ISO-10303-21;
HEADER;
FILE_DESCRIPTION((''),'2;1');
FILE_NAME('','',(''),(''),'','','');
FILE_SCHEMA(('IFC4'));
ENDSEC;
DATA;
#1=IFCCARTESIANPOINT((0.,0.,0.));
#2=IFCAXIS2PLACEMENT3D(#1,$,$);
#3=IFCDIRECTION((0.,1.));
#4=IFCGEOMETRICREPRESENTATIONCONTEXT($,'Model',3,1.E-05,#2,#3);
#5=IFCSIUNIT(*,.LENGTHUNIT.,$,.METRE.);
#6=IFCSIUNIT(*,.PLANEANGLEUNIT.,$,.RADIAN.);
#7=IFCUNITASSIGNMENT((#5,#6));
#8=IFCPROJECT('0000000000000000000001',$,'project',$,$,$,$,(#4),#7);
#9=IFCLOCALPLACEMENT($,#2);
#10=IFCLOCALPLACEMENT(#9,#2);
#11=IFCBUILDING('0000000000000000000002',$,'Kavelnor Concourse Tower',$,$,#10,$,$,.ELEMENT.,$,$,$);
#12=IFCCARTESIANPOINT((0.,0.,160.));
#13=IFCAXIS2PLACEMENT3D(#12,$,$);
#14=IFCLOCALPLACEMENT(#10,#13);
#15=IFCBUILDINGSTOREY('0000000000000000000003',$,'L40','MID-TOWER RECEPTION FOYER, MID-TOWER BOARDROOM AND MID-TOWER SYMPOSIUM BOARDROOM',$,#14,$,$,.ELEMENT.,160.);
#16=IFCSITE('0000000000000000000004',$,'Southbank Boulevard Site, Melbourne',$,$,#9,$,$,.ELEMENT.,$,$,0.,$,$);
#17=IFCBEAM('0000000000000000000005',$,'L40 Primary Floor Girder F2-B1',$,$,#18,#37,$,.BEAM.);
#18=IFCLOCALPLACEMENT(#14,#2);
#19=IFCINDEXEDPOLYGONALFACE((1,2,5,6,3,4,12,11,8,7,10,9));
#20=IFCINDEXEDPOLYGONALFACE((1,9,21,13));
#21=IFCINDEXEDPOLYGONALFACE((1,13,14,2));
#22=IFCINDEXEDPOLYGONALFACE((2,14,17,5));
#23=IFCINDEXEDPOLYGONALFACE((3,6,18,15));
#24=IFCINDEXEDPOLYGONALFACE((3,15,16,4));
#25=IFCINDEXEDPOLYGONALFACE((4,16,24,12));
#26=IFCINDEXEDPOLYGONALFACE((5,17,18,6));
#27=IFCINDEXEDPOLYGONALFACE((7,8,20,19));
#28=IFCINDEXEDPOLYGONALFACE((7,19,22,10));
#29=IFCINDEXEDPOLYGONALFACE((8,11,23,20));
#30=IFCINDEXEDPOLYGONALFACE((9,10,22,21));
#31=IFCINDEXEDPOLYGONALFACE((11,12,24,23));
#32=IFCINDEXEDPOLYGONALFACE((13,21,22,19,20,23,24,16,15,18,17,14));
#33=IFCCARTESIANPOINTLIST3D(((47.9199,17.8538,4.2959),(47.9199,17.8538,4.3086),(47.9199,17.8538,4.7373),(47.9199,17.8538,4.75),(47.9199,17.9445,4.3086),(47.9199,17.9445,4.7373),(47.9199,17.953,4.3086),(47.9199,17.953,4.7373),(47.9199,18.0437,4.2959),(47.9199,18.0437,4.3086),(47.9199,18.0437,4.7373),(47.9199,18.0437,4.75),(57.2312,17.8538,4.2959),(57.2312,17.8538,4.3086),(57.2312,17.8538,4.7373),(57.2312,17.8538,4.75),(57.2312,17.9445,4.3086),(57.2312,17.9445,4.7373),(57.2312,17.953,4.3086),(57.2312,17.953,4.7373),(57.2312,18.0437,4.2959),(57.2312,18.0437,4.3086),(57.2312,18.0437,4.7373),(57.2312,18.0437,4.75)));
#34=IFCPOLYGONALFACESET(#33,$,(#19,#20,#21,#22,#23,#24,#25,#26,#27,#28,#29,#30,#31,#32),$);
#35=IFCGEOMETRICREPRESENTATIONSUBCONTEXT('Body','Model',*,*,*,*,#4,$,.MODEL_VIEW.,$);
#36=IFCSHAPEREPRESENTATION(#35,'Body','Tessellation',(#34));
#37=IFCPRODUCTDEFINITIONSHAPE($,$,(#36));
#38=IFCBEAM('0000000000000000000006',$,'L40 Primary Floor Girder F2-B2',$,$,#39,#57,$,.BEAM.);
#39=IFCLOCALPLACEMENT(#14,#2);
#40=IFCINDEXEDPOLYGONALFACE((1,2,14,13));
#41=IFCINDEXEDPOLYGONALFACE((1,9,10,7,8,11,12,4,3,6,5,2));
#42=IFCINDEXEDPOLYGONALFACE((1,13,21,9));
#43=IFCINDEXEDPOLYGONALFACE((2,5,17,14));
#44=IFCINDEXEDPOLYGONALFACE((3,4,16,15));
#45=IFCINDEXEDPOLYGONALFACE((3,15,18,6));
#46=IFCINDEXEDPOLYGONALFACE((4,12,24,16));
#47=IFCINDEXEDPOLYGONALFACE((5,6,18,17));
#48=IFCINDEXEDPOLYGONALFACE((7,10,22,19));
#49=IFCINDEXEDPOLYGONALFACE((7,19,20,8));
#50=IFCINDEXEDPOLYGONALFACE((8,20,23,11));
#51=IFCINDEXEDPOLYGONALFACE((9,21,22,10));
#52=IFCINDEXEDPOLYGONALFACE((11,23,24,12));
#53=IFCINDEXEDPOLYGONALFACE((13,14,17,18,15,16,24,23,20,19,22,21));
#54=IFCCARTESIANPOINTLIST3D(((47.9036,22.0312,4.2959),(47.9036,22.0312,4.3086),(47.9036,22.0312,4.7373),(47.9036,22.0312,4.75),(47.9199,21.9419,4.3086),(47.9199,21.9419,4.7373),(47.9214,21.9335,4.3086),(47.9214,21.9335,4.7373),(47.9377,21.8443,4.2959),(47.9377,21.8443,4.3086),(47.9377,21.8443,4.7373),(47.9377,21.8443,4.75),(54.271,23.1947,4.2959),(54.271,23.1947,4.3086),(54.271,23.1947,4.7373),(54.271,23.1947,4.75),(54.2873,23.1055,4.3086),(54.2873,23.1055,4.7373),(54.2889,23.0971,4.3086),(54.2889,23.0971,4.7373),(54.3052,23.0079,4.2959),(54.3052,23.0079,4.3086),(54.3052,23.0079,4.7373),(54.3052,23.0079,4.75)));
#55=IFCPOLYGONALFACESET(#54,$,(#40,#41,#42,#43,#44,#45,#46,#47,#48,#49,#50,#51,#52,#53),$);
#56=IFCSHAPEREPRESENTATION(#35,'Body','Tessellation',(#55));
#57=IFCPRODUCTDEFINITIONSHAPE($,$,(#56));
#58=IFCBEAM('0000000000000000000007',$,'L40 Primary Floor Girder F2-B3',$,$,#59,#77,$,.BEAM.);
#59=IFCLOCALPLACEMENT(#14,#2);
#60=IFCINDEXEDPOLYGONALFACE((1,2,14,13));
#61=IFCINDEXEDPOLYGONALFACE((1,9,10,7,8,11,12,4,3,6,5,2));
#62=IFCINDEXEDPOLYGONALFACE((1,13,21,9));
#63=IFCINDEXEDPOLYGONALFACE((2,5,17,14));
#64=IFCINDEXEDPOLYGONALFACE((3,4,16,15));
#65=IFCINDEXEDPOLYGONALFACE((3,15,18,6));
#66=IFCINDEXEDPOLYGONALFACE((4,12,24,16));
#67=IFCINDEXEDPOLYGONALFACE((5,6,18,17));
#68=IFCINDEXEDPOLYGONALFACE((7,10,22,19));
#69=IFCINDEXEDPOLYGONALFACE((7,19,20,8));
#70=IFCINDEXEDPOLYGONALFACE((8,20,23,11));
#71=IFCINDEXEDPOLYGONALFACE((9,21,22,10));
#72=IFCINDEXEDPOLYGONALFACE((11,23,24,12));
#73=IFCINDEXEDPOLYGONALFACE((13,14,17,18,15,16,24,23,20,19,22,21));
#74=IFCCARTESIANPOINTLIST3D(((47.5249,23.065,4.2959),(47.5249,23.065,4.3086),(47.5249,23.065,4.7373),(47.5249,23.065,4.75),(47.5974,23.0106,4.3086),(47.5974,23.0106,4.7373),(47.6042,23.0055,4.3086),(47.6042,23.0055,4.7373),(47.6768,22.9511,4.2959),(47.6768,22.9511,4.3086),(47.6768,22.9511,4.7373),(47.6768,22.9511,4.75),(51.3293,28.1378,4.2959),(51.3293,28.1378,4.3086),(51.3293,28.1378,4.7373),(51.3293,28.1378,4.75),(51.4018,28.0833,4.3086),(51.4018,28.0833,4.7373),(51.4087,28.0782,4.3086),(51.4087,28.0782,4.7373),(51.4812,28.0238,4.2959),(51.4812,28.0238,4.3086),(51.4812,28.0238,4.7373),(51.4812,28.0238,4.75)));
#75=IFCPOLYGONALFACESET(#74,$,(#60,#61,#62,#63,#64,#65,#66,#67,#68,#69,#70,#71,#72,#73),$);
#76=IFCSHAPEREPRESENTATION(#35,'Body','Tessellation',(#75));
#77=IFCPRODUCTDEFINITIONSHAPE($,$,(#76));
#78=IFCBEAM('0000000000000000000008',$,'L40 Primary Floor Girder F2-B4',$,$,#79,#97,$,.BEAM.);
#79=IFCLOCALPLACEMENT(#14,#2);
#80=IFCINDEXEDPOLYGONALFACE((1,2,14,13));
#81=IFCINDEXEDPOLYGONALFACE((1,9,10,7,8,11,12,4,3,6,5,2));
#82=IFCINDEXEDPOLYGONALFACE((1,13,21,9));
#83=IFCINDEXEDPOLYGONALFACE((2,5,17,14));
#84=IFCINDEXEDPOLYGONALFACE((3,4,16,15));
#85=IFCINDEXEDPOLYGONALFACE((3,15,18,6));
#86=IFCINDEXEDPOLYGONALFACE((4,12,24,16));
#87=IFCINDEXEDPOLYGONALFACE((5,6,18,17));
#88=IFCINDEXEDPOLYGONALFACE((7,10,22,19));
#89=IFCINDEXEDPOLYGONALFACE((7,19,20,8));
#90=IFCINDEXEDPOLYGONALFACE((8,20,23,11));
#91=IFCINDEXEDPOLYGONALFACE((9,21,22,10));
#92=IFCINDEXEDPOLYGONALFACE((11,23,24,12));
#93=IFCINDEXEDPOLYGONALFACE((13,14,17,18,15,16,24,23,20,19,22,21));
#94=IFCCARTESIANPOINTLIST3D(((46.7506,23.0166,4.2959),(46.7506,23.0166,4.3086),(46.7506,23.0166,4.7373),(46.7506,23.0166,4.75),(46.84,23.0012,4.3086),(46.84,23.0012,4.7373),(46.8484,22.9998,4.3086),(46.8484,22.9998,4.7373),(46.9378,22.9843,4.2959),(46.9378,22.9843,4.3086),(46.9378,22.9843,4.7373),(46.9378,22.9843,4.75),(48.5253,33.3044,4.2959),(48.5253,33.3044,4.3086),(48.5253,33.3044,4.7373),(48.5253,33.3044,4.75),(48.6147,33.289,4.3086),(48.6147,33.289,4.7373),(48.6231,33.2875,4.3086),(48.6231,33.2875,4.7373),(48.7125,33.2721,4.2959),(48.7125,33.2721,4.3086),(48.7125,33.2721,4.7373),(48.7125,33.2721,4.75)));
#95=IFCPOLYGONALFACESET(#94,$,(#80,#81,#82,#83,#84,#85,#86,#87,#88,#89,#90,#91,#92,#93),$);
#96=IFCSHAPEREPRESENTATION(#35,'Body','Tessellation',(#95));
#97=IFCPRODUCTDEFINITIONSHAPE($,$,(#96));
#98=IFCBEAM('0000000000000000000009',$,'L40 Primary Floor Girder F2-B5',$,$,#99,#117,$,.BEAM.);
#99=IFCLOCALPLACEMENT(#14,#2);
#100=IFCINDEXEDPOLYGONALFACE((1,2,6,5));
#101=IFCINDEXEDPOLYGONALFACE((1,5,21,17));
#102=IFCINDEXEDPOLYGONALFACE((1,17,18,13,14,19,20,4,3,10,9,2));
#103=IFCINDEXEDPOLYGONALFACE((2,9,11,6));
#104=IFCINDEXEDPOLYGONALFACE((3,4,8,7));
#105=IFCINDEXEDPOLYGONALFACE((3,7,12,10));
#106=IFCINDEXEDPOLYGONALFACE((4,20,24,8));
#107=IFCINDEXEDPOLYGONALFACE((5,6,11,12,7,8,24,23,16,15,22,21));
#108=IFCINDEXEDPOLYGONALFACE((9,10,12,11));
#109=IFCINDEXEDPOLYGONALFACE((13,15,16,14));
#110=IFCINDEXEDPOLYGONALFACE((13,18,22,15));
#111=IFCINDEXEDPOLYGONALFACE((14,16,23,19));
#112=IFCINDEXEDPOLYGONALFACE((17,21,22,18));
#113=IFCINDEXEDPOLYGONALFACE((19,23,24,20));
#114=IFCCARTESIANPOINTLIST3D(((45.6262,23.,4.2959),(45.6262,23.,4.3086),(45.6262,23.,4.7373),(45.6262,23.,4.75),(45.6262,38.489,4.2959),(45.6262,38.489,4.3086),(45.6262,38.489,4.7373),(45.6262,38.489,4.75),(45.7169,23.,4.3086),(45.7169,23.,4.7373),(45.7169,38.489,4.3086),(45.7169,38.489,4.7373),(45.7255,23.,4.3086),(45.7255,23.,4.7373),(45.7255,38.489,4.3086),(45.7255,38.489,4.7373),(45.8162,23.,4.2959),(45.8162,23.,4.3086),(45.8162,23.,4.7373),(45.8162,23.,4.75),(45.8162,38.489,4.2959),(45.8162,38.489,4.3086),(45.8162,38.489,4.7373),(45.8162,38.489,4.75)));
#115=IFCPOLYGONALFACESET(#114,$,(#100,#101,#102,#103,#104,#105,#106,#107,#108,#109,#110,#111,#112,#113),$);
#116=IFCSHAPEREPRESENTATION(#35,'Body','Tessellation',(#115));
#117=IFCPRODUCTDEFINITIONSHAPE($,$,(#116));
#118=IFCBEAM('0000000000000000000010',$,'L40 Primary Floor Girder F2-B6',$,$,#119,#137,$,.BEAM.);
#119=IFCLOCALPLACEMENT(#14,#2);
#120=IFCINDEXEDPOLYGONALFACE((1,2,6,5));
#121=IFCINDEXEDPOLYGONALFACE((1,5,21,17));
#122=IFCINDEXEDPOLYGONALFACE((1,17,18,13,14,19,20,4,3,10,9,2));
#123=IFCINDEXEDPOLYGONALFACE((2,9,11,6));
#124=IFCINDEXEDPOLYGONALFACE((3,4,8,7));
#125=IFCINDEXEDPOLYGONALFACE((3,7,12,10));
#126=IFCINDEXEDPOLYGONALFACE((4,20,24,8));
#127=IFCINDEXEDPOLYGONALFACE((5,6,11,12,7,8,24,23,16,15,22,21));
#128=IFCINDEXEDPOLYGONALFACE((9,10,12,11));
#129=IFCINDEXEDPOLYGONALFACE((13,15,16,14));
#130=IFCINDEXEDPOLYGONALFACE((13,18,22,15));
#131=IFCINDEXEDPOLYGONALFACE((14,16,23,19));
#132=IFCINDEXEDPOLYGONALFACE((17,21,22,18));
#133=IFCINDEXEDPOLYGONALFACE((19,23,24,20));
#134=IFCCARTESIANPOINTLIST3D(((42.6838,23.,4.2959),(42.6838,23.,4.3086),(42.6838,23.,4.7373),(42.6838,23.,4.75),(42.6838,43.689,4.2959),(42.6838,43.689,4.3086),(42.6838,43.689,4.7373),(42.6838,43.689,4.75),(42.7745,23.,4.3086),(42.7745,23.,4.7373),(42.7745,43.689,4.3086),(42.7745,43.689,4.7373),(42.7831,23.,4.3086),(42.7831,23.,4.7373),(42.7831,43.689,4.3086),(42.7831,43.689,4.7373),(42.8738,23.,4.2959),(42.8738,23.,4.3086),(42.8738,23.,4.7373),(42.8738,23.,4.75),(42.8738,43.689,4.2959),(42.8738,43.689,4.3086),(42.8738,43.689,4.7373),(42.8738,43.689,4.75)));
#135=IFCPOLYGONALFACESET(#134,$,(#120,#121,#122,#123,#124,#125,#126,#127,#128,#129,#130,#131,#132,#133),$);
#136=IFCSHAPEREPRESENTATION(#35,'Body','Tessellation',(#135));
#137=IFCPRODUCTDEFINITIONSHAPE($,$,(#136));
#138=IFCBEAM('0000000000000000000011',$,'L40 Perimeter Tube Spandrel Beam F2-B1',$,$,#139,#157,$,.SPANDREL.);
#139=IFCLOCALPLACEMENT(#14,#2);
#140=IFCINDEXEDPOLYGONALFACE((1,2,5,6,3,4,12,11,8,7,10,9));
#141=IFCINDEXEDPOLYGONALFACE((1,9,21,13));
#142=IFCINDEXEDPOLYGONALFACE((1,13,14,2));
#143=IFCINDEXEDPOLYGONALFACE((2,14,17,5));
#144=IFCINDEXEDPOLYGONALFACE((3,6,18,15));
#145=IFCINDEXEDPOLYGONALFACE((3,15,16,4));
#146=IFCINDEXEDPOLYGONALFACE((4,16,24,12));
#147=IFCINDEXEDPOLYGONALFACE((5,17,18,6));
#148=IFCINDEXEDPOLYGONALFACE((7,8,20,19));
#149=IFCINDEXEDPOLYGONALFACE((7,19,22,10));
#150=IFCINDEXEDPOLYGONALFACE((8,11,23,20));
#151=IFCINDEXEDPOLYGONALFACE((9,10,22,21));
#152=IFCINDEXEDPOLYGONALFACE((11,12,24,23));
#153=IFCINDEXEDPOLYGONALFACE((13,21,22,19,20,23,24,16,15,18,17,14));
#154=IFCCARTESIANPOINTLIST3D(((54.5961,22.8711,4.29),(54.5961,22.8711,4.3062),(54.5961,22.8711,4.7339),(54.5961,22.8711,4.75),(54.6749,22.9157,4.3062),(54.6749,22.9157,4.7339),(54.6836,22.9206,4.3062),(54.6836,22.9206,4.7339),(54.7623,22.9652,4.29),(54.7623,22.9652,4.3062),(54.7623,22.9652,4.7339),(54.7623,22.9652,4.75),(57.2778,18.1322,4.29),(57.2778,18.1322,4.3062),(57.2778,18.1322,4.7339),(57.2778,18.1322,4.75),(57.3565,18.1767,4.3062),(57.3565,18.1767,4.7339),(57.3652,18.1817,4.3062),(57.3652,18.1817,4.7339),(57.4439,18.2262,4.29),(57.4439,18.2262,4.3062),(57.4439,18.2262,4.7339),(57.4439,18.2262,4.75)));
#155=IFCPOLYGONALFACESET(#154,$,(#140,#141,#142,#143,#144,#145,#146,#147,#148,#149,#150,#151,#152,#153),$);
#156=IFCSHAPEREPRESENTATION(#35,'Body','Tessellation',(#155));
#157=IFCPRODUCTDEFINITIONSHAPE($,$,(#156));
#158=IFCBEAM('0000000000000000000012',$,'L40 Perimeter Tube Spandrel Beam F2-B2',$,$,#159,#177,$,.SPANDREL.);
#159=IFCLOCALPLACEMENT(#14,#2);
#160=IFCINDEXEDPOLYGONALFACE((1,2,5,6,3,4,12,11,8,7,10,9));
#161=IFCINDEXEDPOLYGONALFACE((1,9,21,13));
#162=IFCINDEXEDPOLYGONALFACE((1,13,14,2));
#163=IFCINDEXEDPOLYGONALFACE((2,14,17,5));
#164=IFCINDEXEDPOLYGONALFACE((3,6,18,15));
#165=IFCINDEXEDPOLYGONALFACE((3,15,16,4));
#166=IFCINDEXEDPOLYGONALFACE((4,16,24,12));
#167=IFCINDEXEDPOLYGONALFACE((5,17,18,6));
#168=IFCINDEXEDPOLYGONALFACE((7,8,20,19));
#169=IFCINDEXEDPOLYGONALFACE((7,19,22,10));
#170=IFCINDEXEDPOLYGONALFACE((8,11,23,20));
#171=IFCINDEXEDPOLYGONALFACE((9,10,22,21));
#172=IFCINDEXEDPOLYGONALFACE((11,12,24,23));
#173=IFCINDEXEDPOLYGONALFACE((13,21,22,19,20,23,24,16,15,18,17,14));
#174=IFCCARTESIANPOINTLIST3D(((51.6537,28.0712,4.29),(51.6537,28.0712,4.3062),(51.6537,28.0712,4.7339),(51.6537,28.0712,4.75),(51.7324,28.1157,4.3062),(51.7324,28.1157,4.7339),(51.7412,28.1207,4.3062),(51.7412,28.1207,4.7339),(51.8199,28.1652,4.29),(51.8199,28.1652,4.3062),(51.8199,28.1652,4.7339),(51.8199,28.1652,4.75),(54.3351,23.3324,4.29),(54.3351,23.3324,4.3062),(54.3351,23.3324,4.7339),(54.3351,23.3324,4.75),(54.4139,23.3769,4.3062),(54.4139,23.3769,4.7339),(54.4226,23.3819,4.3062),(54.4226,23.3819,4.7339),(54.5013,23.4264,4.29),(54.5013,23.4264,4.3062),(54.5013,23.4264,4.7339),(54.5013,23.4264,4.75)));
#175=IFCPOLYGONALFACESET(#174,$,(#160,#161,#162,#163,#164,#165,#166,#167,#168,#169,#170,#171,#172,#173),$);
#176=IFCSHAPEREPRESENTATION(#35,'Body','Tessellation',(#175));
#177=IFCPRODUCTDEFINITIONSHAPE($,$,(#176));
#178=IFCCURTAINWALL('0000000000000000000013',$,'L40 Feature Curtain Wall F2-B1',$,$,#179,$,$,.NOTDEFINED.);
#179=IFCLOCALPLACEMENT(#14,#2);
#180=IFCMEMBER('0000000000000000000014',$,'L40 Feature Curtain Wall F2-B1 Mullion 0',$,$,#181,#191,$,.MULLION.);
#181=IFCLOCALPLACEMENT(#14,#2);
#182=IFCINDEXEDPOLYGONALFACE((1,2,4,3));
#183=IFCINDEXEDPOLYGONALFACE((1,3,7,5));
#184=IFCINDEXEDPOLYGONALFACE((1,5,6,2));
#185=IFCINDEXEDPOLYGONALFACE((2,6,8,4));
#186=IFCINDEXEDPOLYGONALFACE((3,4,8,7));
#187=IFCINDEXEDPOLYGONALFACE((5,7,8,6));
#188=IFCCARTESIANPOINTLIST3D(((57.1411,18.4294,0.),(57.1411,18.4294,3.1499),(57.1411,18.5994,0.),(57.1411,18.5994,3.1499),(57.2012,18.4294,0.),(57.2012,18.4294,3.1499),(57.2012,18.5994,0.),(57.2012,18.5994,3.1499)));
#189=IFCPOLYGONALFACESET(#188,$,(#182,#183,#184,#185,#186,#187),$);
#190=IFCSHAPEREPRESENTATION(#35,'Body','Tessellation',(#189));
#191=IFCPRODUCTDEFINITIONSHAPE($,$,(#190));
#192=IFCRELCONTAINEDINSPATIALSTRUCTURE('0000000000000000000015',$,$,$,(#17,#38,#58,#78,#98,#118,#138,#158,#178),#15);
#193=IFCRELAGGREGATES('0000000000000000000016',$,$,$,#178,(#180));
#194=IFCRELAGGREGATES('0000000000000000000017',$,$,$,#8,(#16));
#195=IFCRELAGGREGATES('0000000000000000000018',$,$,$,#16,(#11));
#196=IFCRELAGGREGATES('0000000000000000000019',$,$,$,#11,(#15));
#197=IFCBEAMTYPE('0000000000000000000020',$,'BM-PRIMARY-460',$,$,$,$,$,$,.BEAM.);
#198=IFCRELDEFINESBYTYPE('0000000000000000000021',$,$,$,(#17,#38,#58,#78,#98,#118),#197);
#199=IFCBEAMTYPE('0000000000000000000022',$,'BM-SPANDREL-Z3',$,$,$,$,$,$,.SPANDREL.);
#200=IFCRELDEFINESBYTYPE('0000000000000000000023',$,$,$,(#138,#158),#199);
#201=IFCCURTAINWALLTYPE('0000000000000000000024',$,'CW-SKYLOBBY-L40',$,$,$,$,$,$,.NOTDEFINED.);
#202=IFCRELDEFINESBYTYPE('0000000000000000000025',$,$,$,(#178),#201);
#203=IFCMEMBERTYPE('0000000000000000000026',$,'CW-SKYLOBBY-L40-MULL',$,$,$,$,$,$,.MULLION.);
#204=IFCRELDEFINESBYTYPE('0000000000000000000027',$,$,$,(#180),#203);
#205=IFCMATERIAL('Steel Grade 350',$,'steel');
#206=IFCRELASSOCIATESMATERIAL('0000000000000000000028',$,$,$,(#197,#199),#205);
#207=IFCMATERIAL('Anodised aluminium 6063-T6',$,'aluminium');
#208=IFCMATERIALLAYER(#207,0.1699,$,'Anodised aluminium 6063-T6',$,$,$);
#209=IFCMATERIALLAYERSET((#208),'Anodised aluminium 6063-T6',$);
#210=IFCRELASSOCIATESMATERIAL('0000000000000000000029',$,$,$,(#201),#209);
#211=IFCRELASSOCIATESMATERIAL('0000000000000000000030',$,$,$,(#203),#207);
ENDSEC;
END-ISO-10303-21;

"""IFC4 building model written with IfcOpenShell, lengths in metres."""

from ifc_helpers import new_model, si_unit, direction, frame, origin, origin_2d, place, context, subcontext, project, spatial, rectangle, i_section, extrude, material, layer, layer_set, material_profile, profile_set, type_object, element, aggregate, save


model = new_model("IFC4")

# Units and contexts
model_context = context("Model", 3, precision=1e-05, world=origin(), true_north=direction((0.0, 1.0)))
body_context = subcontext(model_context, "Body", "Model", "MODEL_VIEW")
ifc_project = project(units=[si_unit("LENGTHUNIT", "METRE"), si_unit("PLANEANGLEUNIT", "RADIAN")], contexts=[model_context])

# Site, building, storey
site_placement = place(None, origin())
site = spatial("IfcSite", under=ifc_project, at=site_placement, Name="Southbank Boulevard Site, Melbourne", CompositionType="ELEMENT", RefElevation=0.0)
building_placement = place(site_placement, origin())
building = spatial("IfcBuilding", under=site, at=building_placement, Name="Kavelnor Concourse Tower", CompositionType="ELEMENT")
storey_placement = place(building_placement, frame((0.0, 0.0, 160.0)))
storey = spatial("IfcBuildingStorey", under=building, at=storey_placement, Name="L40", Description="MID-TOWER RECEPTION FOYER, MID-TOWER BOARDROOM AND MID-TOWER SYMPOSIUM BOARDROOM", CompositionType="ELEMENT", Elevation=160.0)

# Shared definitions
ifc_material_1 = material(Name="Steel Grade 350", Category="steel")

# Beams
ifc_material_profile_1 = material_profile(ifc_material_1, i_section(OverallWidth=0.1899, OverallDepth=0.4541, WebThickness=0.0085, FlangeThickness=0.0127, at=origin_2d()), Name="460UB67")
ifc_profile_set_1 = profile_set([ifc_material_profile_1], Name="Steel Grade 350")
beam_type_1 = type_object("IfcBeamType", Name="BM-PRIMARY-460", PredefinedType="BEAM", material=ifc_profile_set_1)
beam_1_placement = place(storey_placement, frame((47.9199, 17.9487, 4.5229), z_axis=(1.0, 0.0, 0.0), x_axis=(0.0, 1.0, 0.0)))
element("IfcBeam", 1, at=beam_1_placement, inside=storey, type_object=beam_type_1, Name="L40 Primary Floor Girder F2-B1", PredefinedType="BEAM", context=body_context, shape_type="SweptSolid", body=[
    extrude(i_section(OverallWidth=0.1899, OverallDepth=0.4541, WebThickness=0.0085, FlangeThickness=0.0127, at=origin_2d()), origin(), (0.0, 0.0, 1.0), 9.3113),
])
beam_2_placement = place(storey_placement, frame((47.9207, 21.9377, 4.5229), z_axis=(0.98371, 0.179762, 0.0), x_axis=(-0.179762, 0.98371, 0.0)))
element("IfcBeam", 2, at=beam_2_placement, inside=storey, type_object=beam_type_1, Name="L40 Primary Floor Girder F2-B2", PredefinedType="BEAM", context=body_context, shape_type="SweptSolid", body=[
    extrude(i_section(OverallWidth=0.1899, OverallDepth=0.4541, WebThickness=0.0085, FlangeThickness=0.0127, at=origin_2d()), origin(), (0.0, 0.0, 1.0), 6.4729),
])
beam_3_placement = place(storey_placement, frame((47.6008, 23.0081, 4.5229), z_axis=(0.599988, 0.800009, 0.0), x_axis=(-0.800009, 0.599988, 0.0)))
element("IfcBeam", 3, at=beam_3_placement, inside=storey, type_object=beam_type_1, Name="L40 Primary Floor Girder F2-B3", PredefinedType="BEAM", context=body_context, shape_type="SweptSolid", body=[
    extrude(i_section(OverallWidth=0.1899, OverallDepth=0.4541, WebThickness=0.0085, FlangeThickness=0.0127, at=origin_2d()), origin(), (0.0, 0.0, 1.0), 6.3408),
])
beam_4_placement = place(storey_placement, frame((46.8442, 23.0005, 4.5229), z_axis=(0.16999, 0.985446, 0.0), x_axis=(-0.985446, 0.16999, 0.0)))
element("IfcBeam", 4, at=beam_4_placement, inside=storey, type_object=beam_type_1, Name="L40 Primary Floor Girder F2-B4", PredefinedType="BEAM", context=body_context, shape_type="SweptSolid", body=[
    extrude(i_section(OverallWidth=0.1899, OverallDepth=0.4541, WebThickness=0.0085, FlangeThickness=0.0127, at=origin_2d()), origin(), (0.0, 0.0, 1.0), 10.4397),
])
beam_5_placement = place(storey_placement, frame((45.7212, 23.0, 4.5229), z_axis=(0.0, 1.0, 0.0), x_axis=(-1.0, 0.0, 0.0)))
element("IfcBeam", 5, at=beam_5_placement, inside=storey, type_object=beam_type_1, Name="L40 Primary Floor Girder F2-B5", PredefinedType="BEAM", context=body_context, shape_type="SweptSolid", body=[
    extrude(i_section(OverallWidth=0.1899, OverallDepth=0.4541, WebThickness=0.0085, FlangeThickness=0.0127, at=origin_2d()), origin(), (0.0, 0.0, 1.0), 15.489),
])
beam_6_placement = place(storey_placement, frame((42.7788, 23.0, 4.5229), z_axis=(0.0, 1.0, 0.0), x_axis=(-1.0, 0.0, 0.0)))
element("IfcBeam", 6, at=beam_6_placement, inside=storey, type_object=beam_type_1, Name="L40 Primary Floor Girder F2-B6", PredefinedType="BEAM", context=body_context, shape_type="SweptSolid", body=[
    extrude(i_section(OverallWidth=0.1899, OverallDepth=0.4541, WebThickness=0.0085, FlangeThickness=0.0127, at=origin_2d()), origin(), (0.0, 0.0, 1.0), 20.689),
])
ifc_material_profile_2 = material_profile(ifc_material_1, i_section(OverallWidth=0.1909, OverallDepth=0.46, WebThickness=0.01, FlangeThickness=0.0161, at=origin_2d()), Name="460UB82")
ifc_profile_set_2 = profile_set([ifc_material_profile_2], Name="Steel Grade 350")
beam_type_2 = type_object("IfcBeamType", Name="BM-SPANDREL-Z3", PredefinedType="SPANDREL", material=ifc_profile_set_2)
beam_7_placement = place(storey_placement, frame((57.3608, 18.1792, 4.52), z_axis=(-0.492484, 0.870321, 0.0), x_axis=(-0.870321, -0.492484, 0.0)))
element("IfcBeam", 7, at=beam_7_placement, inside=storey, type_object=beam_type_2, Name="L40 Perimeter Tube Spandrel Beam F2-B1", PredefinedType="SPANDREL", context=body_context, shape_type="SweptSolid", body=[
    extrude(i_section(OverallWidth=0.1909, OverallDepth=0.46, WebThickness=0.01, FlangeThickness=0.0161, at=origin_2d()), origin(), (0.0, 0.0, 1.0), 5.4451),
])
beam_8_placement = place(storey_placement, frame((54.4182, 23.3794, 4.52), z_axis=(-0.492469, 0.87033, 0.0), x_axis=(-0.87033, -0.492469, 0.0)))
element("IfcBeam", 8, at=beam_8_placement, inside=storey, type_object=beam_type_2, Name="L40 Perimeter Tube Spandrel Beam F2-B2", PredefinedType="SPANDREL", context=body_context, shape_type="SweptSolid", body=[
    extrude(i_section(OverallWidth=0.1909, OverallDepth=0.46, WebThickness=0.01, FlangeThickness=0.0161, at=origin_2d()), origin(), (0.0, 0.0, 1.0), 5.4448),
])

# Curtain wall, member
ifc_material_2 = material(Name="Anodised aluminium 6063-T6", Category="aluminium")
ifc_layer_1 = layer(ifc_material_2, 0.1699, Name="Anodised aluminium 6063-T6")
ifc_layer_set_1 = layer_set([ifc_layer_1], Name="Anodised aluminium 6063-T6")
curtain_wall_type = type_object("IfcCurtainWallType", Name="CW-SKYLOBBY-L40", PredefinedType="NOTDEFINED", material=ifc_layer_set_1)
curtain_wall_placement = place(storey_placement, origin())
curtain_wall = element("IfcCurtainWall", 9, at=curtain_wall_placement, inside=storey, type_object=curtain_wall_type, Name="L40 Feature Curtain Wall F2-B1", PredefinedType="NOTDEFINED")
ifc_material_profile_3 = material_profile(ifc_material_2, rectangle(XDim=0.0601, YDim=0.1699, at=origin_2d()), Name="AL-MULL 60x170")
ifc_profile_set_3 = profile_set([ifc_material_profile_3], Name="Anodised aluminium 6063-T6")
member_type_1 = type_object("IfcMemberType", Name="CW-SKYLOBBY-L40-MULL", PredefinedType="MULLION", material=ifc_profile_set_3)
member_1_placement = place(storey_placement, frame((57.1711, 18.5144, 0.0), z_axis=(0.0, 0.0, 1.0), x_axis=(1.0, 0.0, 0.0)))
member_1 = element("IfcMember", 10, at=member_1_placement, type_object=member_type_1, Name="L40 Feature Curtain Wall F2-B1 Mullion 0", PredefinedType="MULLION", context=body_context, shape_type="SweptSolid", body=[
    extrude(rectangle(XDim=0.0601, YDim=0.1699, at=origin_2d()), origin(), (0.0, 0.0, 1.0), 3.1499),
])

aggregate(curtain_wall, [member_1])

save(model, "model.ifc")
